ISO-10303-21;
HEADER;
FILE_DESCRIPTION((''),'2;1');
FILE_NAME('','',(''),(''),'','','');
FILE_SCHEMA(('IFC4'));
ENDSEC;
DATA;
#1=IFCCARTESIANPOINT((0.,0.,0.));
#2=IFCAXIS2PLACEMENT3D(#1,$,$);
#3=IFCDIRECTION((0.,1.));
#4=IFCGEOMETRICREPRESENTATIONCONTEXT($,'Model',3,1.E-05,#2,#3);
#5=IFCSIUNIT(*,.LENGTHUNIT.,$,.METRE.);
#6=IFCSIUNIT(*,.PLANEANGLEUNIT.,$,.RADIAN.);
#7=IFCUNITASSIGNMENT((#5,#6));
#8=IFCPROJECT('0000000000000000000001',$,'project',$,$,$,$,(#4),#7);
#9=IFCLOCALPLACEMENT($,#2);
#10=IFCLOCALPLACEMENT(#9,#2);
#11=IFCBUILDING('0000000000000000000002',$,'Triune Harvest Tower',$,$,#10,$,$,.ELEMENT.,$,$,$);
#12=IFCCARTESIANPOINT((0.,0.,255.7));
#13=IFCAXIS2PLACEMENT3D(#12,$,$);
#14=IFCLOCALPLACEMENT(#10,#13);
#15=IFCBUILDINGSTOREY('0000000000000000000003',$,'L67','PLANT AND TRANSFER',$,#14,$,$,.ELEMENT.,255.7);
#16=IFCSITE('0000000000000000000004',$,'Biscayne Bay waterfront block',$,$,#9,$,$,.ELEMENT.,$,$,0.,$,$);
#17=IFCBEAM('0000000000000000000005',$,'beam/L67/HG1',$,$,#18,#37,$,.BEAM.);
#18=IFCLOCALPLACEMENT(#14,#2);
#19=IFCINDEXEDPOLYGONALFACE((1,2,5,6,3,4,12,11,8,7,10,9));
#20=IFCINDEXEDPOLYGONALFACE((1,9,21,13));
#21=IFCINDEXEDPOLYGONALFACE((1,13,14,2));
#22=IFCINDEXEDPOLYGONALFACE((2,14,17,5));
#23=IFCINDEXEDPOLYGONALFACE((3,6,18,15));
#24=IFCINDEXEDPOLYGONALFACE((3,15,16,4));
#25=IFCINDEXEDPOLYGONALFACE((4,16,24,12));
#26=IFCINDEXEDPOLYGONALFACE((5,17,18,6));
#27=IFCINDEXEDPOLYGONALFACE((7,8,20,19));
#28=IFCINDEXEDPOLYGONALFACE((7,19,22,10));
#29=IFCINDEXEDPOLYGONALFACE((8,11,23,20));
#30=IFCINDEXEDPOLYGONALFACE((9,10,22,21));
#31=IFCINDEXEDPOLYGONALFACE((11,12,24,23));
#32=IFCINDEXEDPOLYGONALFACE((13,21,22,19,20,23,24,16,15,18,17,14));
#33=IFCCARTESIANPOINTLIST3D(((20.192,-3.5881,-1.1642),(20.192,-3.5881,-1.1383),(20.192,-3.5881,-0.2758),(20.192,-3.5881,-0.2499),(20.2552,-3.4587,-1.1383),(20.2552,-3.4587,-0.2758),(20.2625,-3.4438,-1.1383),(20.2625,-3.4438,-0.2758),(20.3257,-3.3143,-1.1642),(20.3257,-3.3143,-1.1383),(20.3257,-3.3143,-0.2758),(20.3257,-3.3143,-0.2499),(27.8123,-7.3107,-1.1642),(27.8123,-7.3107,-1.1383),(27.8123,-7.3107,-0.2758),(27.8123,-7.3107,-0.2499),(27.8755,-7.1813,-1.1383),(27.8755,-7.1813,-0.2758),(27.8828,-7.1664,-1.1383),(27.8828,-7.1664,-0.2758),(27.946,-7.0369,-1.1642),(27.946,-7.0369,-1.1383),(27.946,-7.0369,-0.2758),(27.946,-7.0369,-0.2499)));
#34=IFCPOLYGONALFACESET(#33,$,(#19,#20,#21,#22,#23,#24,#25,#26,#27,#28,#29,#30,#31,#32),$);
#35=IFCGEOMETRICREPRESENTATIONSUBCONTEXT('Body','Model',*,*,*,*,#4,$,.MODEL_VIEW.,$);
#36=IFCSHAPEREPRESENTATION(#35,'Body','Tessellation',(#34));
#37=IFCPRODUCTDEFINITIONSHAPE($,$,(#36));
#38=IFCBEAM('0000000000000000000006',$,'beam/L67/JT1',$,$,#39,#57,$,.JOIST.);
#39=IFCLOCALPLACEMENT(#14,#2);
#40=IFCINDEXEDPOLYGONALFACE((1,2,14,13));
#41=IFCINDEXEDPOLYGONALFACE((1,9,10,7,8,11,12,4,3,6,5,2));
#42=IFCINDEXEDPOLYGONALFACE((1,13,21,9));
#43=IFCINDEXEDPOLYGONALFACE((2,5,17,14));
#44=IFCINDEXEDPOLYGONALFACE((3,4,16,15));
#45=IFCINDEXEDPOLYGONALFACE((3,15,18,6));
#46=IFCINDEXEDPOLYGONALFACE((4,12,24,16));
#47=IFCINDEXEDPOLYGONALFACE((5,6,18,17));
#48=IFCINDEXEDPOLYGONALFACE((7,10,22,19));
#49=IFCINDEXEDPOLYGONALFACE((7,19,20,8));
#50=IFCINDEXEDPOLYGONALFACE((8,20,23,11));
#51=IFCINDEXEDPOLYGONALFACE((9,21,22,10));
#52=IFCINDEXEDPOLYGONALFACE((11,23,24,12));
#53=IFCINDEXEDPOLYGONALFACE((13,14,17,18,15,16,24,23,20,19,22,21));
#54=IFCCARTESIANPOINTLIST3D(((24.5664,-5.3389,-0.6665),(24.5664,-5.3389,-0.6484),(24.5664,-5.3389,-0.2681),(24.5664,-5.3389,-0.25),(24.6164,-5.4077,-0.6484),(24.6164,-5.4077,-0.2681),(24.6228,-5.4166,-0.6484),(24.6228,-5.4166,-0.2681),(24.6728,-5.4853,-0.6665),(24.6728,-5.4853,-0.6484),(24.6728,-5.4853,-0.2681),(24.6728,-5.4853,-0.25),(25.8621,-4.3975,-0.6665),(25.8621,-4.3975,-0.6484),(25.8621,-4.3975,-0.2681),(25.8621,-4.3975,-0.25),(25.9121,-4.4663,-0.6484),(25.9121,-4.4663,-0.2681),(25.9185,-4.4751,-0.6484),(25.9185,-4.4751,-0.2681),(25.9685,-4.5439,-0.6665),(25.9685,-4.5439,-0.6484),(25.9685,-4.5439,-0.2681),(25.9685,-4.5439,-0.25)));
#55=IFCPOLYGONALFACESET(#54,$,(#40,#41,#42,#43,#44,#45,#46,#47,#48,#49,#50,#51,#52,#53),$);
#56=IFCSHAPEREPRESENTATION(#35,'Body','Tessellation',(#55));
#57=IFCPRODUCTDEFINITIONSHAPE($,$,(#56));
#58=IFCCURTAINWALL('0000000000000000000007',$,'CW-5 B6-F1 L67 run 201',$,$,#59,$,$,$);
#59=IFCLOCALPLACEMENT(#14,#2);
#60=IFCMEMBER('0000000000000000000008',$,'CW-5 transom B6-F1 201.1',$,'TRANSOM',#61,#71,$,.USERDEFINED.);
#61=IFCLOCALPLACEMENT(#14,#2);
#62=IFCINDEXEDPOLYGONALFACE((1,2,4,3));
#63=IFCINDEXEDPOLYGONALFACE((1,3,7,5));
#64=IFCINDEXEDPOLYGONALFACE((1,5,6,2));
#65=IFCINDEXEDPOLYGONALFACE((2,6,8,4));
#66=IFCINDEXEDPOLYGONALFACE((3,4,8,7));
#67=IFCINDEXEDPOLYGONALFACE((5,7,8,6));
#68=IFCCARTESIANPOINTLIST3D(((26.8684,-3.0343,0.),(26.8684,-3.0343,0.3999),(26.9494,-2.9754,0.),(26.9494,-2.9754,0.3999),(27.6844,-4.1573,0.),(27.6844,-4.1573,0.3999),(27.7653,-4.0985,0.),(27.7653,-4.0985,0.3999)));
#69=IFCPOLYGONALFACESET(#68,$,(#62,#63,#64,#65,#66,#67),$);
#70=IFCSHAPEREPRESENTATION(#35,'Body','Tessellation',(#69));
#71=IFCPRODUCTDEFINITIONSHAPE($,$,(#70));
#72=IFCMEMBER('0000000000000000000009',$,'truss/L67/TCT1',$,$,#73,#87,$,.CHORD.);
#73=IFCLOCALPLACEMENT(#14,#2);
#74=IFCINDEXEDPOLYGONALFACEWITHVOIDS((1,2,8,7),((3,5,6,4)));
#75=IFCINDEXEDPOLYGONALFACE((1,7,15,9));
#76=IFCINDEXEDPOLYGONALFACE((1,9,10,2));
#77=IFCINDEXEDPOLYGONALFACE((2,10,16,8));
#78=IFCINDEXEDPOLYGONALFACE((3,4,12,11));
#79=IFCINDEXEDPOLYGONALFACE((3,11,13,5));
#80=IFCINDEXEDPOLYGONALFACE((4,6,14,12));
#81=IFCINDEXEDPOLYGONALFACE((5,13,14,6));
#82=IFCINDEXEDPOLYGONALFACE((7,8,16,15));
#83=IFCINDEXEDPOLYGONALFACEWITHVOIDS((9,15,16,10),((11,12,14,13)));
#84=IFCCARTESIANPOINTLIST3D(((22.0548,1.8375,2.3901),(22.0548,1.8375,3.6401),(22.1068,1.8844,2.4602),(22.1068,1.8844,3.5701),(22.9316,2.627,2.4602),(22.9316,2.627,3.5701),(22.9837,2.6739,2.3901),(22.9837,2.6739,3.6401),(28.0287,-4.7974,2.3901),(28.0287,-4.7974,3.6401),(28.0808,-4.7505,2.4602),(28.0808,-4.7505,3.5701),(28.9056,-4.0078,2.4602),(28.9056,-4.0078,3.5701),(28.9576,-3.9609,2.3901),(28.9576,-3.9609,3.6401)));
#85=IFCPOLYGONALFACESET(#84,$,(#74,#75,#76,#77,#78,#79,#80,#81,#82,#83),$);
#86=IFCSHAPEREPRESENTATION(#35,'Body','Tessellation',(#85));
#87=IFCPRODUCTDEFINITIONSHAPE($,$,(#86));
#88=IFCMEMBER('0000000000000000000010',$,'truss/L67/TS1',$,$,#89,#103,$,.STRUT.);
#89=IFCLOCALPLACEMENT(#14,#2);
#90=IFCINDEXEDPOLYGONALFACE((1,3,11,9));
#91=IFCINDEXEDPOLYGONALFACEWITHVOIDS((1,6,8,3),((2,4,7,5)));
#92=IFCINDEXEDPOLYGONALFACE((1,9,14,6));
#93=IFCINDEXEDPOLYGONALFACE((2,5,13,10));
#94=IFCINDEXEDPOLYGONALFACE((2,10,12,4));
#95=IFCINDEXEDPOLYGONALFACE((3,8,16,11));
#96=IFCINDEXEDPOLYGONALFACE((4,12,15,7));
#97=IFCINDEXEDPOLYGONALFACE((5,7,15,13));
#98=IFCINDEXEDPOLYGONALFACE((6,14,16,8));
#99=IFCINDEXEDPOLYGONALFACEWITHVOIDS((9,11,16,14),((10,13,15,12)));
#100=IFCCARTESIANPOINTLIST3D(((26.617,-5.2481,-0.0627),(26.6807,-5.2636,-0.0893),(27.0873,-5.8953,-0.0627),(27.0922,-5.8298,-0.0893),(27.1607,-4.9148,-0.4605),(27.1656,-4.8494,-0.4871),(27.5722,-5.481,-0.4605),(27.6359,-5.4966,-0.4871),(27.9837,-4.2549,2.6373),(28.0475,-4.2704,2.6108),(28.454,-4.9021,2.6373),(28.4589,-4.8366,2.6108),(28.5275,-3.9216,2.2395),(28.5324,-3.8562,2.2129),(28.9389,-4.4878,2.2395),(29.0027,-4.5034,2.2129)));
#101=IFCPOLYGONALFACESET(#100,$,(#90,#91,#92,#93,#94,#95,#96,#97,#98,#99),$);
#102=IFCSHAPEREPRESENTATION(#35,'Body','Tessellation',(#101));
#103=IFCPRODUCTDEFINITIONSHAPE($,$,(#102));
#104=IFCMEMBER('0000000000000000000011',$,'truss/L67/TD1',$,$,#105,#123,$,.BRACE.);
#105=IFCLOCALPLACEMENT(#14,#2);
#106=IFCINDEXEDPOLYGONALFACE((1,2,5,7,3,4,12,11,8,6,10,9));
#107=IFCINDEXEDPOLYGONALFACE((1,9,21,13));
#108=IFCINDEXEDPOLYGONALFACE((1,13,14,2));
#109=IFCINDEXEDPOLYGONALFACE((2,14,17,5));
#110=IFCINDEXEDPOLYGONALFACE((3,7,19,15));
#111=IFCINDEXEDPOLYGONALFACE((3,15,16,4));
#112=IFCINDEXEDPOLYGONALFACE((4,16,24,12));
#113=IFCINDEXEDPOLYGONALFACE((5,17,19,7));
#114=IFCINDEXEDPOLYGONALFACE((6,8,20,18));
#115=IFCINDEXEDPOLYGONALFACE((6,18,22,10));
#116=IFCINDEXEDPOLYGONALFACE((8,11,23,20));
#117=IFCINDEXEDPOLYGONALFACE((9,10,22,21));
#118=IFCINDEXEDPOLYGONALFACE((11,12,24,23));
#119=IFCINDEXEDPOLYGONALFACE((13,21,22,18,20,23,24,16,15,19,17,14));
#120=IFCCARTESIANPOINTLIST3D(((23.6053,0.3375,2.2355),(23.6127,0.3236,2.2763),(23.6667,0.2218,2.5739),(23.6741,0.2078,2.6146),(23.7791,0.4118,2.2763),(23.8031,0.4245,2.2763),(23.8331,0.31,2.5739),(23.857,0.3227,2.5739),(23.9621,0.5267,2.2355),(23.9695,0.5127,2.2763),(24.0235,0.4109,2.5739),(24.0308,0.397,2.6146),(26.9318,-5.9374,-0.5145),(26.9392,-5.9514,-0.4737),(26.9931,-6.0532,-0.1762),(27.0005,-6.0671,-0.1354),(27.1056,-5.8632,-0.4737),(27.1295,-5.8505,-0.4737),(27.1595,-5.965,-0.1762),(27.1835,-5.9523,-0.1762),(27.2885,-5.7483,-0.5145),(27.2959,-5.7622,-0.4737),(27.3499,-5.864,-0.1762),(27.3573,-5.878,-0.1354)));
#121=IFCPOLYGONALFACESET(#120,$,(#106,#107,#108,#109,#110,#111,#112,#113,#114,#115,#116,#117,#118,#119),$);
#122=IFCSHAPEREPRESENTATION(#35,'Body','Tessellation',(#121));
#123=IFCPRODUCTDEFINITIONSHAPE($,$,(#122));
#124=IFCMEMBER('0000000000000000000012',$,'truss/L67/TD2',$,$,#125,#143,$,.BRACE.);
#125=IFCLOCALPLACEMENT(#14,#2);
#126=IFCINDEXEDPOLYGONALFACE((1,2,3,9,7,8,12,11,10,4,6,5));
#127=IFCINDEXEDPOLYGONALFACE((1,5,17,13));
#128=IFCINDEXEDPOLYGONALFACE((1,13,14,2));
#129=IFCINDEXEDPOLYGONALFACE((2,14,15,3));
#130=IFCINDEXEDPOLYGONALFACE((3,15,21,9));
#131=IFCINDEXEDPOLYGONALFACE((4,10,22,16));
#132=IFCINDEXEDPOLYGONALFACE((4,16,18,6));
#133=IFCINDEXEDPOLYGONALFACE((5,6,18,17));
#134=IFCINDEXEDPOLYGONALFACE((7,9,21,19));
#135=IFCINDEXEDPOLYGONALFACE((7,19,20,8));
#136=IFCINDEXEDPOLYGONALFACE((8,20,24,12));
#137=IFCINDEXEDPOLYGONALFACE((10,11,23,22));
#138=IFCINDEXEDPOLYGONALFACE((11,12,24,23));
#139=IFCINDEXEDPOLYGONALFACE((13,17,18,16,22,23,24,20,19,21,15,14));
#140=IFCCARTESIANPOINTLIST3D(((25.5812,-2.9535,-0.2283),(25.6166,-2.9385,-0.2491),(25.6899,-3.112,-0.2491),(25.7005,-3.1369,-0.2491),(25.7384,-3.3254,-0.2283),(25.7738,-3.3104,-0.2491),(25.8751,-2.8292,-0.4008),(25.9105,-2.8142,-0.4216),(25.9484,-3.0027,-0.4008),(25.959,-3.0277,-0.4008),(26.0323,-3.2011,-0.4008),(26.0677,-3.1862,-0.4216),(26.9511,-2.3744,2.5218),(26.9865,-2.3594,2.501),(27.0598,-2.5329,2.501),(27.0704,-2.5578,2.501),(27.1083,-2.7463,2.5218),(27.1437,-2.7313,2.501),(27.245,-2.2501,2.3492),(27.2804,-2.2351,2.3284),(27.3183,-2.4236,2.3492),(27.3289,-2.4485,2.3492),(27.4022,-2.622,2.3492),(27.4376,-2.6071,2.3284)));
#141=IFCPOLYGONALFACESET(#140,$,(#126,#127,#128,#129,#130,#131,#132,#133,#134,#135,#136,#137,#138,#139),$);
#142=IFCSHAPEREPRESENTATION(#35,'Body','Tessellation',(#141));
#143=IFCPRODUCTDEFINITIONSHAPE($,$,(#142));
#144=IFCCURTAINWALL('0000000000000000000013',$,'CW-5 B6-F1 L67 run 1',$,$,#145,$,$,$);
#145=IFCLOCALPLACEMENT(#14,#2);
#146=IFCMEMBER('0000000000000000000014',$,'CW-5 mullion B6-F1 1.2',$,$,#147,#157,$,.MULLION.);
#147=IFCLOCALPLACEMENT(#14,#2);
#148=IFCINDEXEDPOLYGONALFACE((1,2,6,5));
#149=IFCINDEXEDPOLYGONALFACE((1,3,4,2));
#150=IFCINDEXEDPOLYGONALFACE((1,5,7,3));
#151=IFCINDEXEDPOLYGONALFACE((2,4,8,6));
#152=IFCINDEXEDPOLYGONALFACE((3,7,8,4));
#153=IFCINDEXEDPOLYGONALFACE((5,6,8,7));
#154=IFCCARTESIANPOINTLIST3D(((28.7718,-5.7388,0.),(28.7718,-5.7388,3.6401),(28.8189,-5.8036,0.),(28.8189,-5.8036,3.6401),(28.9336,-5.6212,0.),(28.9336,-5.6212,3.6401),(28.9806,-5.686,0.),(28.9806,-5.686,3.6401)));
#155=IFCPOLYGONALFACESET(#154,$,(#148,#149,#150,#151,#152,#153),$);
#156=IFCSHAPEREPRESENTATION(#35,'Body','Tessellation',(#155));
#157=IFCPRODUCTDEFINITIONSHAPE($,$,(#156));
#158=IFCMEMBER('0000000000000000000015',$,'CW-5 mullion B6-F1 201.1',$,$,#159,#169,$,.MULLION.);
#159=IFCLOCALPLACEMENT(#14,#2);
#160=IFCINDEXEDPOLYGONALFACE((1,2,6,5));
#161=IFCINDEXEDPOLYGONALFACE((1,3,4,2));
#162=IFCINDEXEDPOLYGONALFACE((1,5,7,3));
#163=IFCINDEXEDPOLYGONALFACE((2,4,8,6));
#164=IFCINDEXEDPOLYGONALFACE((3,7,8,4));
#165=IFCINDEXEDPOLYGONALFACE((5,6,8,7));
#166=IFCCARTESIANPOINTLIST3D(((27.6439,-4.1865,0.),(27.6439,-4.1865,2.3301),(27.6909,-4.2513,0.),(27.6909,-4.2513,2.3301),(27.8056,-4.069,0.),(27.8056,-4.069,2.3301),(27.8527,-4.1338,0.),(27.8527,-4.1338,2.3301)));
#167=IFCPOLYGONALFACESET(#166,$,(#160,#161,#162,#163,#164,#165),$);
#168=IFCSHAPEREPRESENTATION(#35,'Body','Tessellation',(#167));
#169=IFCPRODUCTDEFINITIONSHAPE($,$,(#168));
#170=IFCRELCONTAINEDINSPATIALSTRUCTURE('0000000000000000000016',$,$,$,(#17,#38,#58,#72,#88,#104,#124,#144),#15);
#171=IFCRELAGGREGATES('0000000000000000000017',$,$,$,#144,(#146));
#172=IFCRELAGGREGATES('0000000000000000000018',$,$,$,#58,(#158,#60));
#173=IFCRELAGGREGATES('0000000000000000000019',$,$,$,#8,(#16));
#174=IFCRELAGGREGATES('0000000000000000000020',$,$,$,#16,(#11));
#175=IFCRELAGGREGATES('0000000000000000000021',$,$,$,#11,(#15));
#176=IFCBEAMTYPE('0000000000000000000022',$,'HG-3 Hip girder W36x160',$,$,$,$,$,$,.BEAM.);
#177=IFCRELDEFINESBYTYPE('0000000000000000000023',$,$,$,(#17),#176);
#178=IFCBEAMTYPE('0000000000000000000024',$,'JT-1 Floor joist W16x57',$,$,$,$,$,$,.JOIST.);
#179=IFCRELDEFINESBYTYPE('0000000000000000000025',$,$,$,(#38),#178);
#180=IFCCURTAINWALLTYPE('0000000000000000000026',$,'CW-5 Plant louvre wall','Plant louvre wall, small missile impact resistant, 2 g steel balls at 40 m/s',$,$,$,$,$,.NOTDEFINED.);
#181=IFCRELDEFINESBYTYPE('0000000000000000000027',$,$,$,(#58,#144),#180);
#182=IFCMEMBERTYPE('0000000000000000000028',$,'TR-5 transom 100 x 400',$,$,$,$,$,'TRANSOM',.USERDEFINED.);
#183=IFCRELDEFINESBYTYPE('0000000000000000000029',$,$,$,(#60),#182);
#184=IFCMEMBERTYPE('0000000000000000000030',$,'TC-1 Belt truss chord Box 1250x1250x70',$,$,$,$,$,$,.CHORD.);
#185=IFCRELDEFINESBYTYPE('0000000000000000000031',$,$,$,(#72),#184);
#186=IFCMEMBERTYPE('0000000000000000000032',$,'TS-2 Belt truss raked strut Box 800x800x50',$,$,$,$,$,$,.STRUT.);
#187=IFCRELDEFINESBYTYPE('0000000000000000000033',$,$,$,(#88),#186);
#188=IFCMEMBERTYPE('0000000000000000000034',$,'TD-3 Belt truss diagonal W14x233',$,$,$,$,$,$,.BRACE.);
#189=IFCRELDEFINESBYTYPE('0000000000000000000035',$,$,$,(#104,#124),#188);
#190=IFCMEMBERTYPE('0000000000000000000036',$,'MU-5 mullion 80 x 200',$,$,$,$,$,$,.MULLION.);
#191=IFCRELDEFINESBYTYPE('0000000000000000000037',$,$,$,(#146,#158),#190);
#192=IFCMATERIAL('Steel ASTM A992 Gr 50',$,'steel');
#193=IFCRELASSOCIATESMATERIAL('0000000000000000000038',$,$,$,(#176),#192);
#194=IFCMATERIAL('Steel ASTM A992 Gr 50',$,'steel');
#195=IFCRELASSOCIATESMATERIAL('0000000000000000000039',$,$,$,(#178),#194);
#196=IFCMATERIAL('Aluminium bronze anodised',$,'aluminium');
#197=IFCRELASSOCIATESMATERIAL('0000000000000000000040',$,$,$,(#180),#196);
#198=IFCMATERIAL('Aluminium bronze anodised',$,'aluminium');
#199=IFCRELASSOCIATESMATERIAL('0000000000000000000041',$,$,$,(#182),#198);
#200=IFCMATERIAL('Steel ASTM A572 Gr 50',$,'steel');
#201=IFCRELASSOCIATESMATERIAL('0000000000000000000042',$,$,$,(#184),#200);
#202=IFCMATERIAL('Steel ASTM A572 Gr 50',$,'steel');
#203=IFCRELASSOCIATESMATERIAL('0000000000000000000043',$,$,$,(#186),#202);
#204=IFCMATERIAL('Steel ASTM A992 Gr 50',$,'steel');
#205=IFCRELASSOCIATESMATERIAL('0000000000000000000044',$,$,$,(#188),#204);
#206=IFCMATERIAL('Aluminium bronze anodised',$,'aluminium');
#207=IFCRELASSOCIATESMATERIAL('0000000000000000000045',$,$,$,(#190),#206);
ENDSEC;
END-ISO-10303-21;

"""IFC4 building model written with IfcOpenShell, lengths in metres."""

from ifc_helpers import new_model, si_unit, direction, frame, origin, origin_2d, place, context, subcontext, project, spatial, rectangle, hollow_rectangle, i_section, extrude, source, transform, mapped, material, material_profile, profile_set, type_object, element, aggregate, save


model = new_model("IFC4")

# Units and contexts
model_context = context("Model", 3, precision=1e-05, world=origin(), true_north=direction((0.0, 1.0)))
body_context = subcontext(model_context, "Body", "Model", "MODEL_VIEW")
ifc_project = project(units=[si_unit("LENGTHUNIT", "METRE"), si_unit("PLANEANGLEUNIT", "RADIAN")], contexts=[model_context])

# Site, building, storey
site_placement = place(None, origin())
site = spatial("IfcSite", under=ifc_project, at=site_placement, Name="Biscayne Bay waterfront block", CompositionType="ELEMENT", RefElevation=0.0)
building_placement = place(site_placement, origin())
building = spatial("IfcBuilding", under=site, at=building_placement, Name="Triune Harvest Tower", CompositionType="ELEMENT")
storey_placement = place(building_placement, frame((0.0, 0.0, 255.7)))
storey = spatial("IfcBuildingStorey", under=building, at=storey_placement, Name="L67", Description="PLANT AND TRANSFER", CompositionType="ELEMENT", Elevation=255.7)

# Beams
ifc_material_1 = material(Name="Steel ASTM A992 Gr 50", Category="steel")
ifc_material_profile_1 = material_profile(ifc_material_1, i_section(OverallWidth=0.3047, OverallDepth=0.9143, WebThickness=0.0166, FlangeThickness=0.0259, at=origin_2d()), Name="W36x160")
ifc_profile_set_1 = profile_set([ifc_material_profile_1], Name="Steel ASTM A992 Gr 50")
beam_type_1 = type_object("IfcBeamType", Name="HG-3 Hip girder W36x160", PredefinedType="BEAM", material=ifc_profile_set_1)
beam_1_placement = place(storey_placement, frame((27.8792, -7.1738, -0.707), z_axis=(-0.898517, 0.438939, 0.0), x_axis=(-0.438939, -0.898517, 0.0)))
element("IfcBeam", 1, at=beam_1_placement, inside=storey, type_object=beam_type_1, Name="beam/L67/HG1", PredefinedType="BEAM", context=body_context, shape_type="SweptSolid", body=[
    extrude(i_section(OverallWidth=0.3047, OverallDepth=0.9143, WebThickness=0.0166, FlangeThickness=0.0259, at=origin_2d()), origin(), (0.0, 0.0, 1.0), 8.481),
])
ifc_material_2 = material(Name="Steel ASTM A992 Gr 50", Category="steel")
ifc_material_profile_2 = material_profile(ifc_material_2, i_section(OverallWidth=0.1809, OverallDepth=0.4165, WebThickness=0.011, FlangeThickness=0.0181, at=origin_2d()), Name="W16x57")
ifc_profile_set_2 = profile_set([ifc_material_profile_2], Name="Steel ASTM A992 Gr 50")
beam_type_2 = type_object("IfcBeamType", Name="JT-1 Floor joist W16x57", PredefinedType="JOIST", material=ifc_profile_set_2)
beam_2_placement = place(storey_placement, frame((25.9153, -4.4707, -0.4583), z_axis=(-0.809, -0.587809, 0.0), x_axis=(0.587809, -0.809, 0.0)))
element("IfcBeam", 2, at=beam_2_placement, inside=storey, type_object=beam_type_2, Name="beam/L67/JT1", PredefinedType="JOIST", context=body_context, shape_type="SweptSolid", body=[
    extrude(i_section(OverallWidth=0.1809, OverallDepth=0.4165, WebThickness=0.011, FlangeThickness=0.0181, at=origin_2d()), origin(), (0.0, 0.0, 1.0), 1.6016),
])

# Curtain wall, member
ifc_material_3 = material(Name="Aluminium bronze anodised", Category="aluminium")
curtain_wall_type = type_object("IfcCurtainWallType", Name="CW-5 Plant louvre wall", Description="Plant louvre wall, small missile impact resistant, 2 g steel balls at 40 m/s", PredefinedType="NOTDEFINED", material=ifc_material_3)
curtain_wall_1_placement = place(storey_placement, origin())
curtain_wall_1 = element("IfcCurtainWall", 3, at=curtain_wall_1_placement, inside=storey, type_object=curtain_wall_type, Name="CW-5 B6-F1 L67 run 201")
ifc_material_4 = material(Name="Aluminium bronze anodised", Category="aluminium")
ifc_material_profile_3 = material_profile(ifc_material_4, rectangle(XDim=0.1001, YDim=0.3999, at=origin_2d()), Name="TR-5 transom 100 x 400")
ifc_profile_set_3 = profile_set([ifc_material_profile_3], Name="Aluminium bronze anodised")
member_type_1 = type_object("IfcMemberType", Name="TR-5 transom 100 x 400", ElementType="TRANSOM", PredefinedType="USERDEFINED", material=ifc_profile_set_3)
member_1_placement = place(storey_placement, frame((27.7249, -4.1279, 0.2), z_axis=(-0.587774, 0.809025, 0.0), x_axis=(-0.809025, -0.587774, 0.0)))
member_1 = element("IfcMember", 4, at=member_1_placement, type_object=member_type_1, Name="CW-5 transom B6-F1 201.1", ObjectType="TRANSOM", PredefinedType="USERDEFINED", context=body_context, shape_type="SweptSolid", body=[
    extrude(rectangle(XDim=0.1001, YDim=0.3999, at=origin_2d()), origin(), (0.0, 0.0, 1.0), 1.3882),
])

# Members
ifc_material_5 = material(Name="Steel ASTM A572 Gr 50", Category="steel")
ifc_material_profile_4 = material_profile(ifc_material_5, hollow_rectangle(XDim=1.25, YDim=1.25, WallThickness=0.0701, at=origin_2d()), Name="Box 1250x1250x70")
ifc_profile_set_4 = profile_set([ifc_material_profile_4], Name="Steel ASTM A572 Gr 50")
member_type_2 = type_object("IfcMemberType", Name="TC-1 Belt truss chord Box 1250x1250x70", PredefinedType="CHORD", material=ifc_profile_set_4)
shared_shape_1 = source(origin(), body_context, "Body", "SweptSolid", [
    extrude(hollow_rectangle(XDim=1.25, YDim=1.25, WallThickness=0.0701, at=origin_2d()), origin(), (0.0, 0.0, 1.0), 8.928),
])
member_2_placement = place(storey_placement, frame((28.4932, -4.3792, 3.0151), z_axis=(-0.669125, 0.74315, 0.0), x_axis=(-0.74315, -0.669125, 0.0)))
element("IfcMember", 5, at=member_2_placement, inside=storey, type_object=member_type_2, Name="truss/L67/TCT1", PredefinedType="CHORD", context=body_context, shape_type="MappedRepresentation", body=[
    mapped(shared_shape_1, transform((0.0, 0.0, 0.0), scale=1.0)),
])
ifc_material_6 = material(Name="Steel ASTM A572 Gr 50", Category="steel")
ifc_material_profile_5 = material_profile(ifc_material_6, hollow_rectangle(XDim=0.8, YDim=0.8, WallThickness=0.05, at=origin_2d()), Name="Box 800x800x50")
ifc_profile_set_5 = profile_set([ifc_material_profile_5], Name="Steel ASTM A572 Gr 50")
member_type_3 = type_object("IfcMemberType", Name="TS-2 Belt truss raked strut Box 800x800x50", PredefinedType="STRUT", material=ifc_profile_set_5)
shared_shape_2 = source(origin(), body_context, "Body", "SweptSolid", [
    extrude(hollow_rectangle(XDim=0.8, YDim=0.8, WallThickness=0.05, at=origin_2d()), origin(), (0.0, 0.0, 1.0), 3.1851),
])
member_3_placement = place(storey_placement, frame((27.1265, -5.3723, -0.2749), z_axis=(0.42911, 0.311829, 0.847719), x_axis=(-0.587862, 0.808961, 0.0)))
element("IfcMember", 6, at=member_3_placement, inside=storey, type_object=member_type_3, Name="truss/L67/TS1", PredefinedType="STRUT", context=body_context, shape_type="MappedRepresentation", body=[
    mapped(shared_shape_2, transform((0.0, 0.0, 0.0), scale=1.0)),
])
ifc_material_7 = material(Name="Steel ASTM A992 Gr 50", Category="steel")
ifc_material_profile_6 = material_profile(ifc_material_7, i_section(OverallWidth=0.4038, OverallDepth=0.4065, WebThickness=0.0271, FlangeThickness=0.0437, at=origin_2d()), Name="W14x233")
ifc_profile_set_6 = profile_set([ifc_material_profile_6], Name="Steel ASTM A992 Gr 50")
member_type_4 = type_object("IfcMemberType", Name="TD-3 Belt truss diagonal W14x233", PredefinedType="BRACE", material=ifc_profile_set_6)
shared_shape_3 = source(origin(), body_context, "Body", "SweptSolid", [
    extrude(i_section(OverallWidth=0.4038, OverallDepth=0.4065, WebThickness=0.0271, FlangeThickness=0.0437, at=origin_2d()), origin(), (0.0, 0.0, 1.0), 7.616),
])
member_4_placement = place(storey_placement, frame((27.1445, -5.9077, -0.325), z_axis=(-0.436773, 0.823921, 0.361087), x_axis=(-0.883531, -0.468373, 0.0)))
element("IfcMember", 7, at=member_4_placement, inside=storey, type_object=member_type_4, Name="truss/L67/TD1", PredefinedType="BRACE", context=body_context, shape_type="MappedRepresentation", body=[
    mapped(shared_shape_3, transform((0.0, 0.0, 0.0), scale=1.0)),
])
shared_shape_4 = source(origin(), body_context, "Body", "SweptSolid", [
    extrude(i_section(OverallWidth=0.4038, OverallDepth=0.4065, WebThickness=0.0271, FlangeThickness=0.0437, at=origin_2d()), origin(), (0.0, 0.0, 1.0), 3.1265),
])
member_5_placement = place(storey_placement, frame((25.8245, -3.0698, -0.325), z_axis=(0.438162, 0.185229, 0.879604), x_axis=(-0.389378, 0.921078, 0.0)))
element("IfcMember", 8, at=member_5_placement, inside=storey, type_object=member_type_4, Name="truss/L67/TD2", PredefinedType="BRACE", context=body_context, shape_type="MappedRepresentation", body=[
    mapped(shared_shape_4, transform((0.0, 0.0, 0.0), scale=1.0)),
])

# Curtain wall, member
curtain_wall_2_placement = place(storey_placement, origin())
curtain_wall_2 = element("IfcCurtainWall", 9, at=curtain_wall_2_placement, inside=storey, type_object=curtain_wall_type, Name="CW-5 B6-F1 L67 run 1")
ifc_material_8 = material(Name="Aluminium bronze anodised", Category="aluminium")
ifc_material_profile_7 = material_profile(ifc_material_8, rectangle(XDim=0.2, YDim=0.0801, at=origin_2d()), Name="MU-5 mullion 80 x 200")
ifc_profile_set_7 = profile_set([ifc_material_profile_7], Name="Aluminium bronze anodised")
member_type_5 = type_object("IfcMemberType", Name="MU-5 mullion 80 x 200", PredefinedType="MULLION", material=ifc_profile_set_7)
shared_shape_5 = source(origin(), body_context, "Body", "SweptSolid", [
    extrude(rectangle(XDim=0.2, YDim=0.0801, at=origin_2d()), origin(), (0.0, 0.0, 1.0), 3.6401),
])
member_6_placement = place(storey_placement, frame((28.8762, -5.7124, 0.0), z_axis=(0.0, 0.0, 1.0), x_axis=(-0.809029, -0.587769, 0.0)))
member_6 = element("IfcMember", 10, at=member_6_placement, type_object=member_type_5, Name="CW-5 mullion B6-F1 1.2", PredefinedType="MULLION", context=body_context, shape_type="MappedRepresentation", body=[
    mapped(shared_shape_5, transform((0.0, 0.0, 0.0), scale=1.0)),
])

# Member
shared_shape_6 = source(origin(), body_context, "Body", "SweptSolid", [
    extrude(rectangle(XDim=0.2, YDim=0.0801, at=origin_2d()), origin(), (0.0, 0.0, 1.0), 2.3301),
])
member_7_placement = place(storey_placement, frame((27.7483, -4.1602, 0.0), z_axis=(0.0, 0.0, 1.0), x_axis=(-0.809024, -0.587776, 0.0)))
member_7 = element("IfcMember", 11, at=member_7_placement, type_object=member_type_5, Name="CW-5 mullion B6-F1 201.1", PredefinedType="MULLION", context=body_context, shape_type="MappedRepresentation", body=[
    mapped(shared_shape_6, transform((0.0, 0.0, 0.0), scale=1.0)),
])

aggregate(curtain_wall_2, [member_6])
aggregate(curtain_wall_1, [member_7, member_1])

save(model, "model.ifc")
